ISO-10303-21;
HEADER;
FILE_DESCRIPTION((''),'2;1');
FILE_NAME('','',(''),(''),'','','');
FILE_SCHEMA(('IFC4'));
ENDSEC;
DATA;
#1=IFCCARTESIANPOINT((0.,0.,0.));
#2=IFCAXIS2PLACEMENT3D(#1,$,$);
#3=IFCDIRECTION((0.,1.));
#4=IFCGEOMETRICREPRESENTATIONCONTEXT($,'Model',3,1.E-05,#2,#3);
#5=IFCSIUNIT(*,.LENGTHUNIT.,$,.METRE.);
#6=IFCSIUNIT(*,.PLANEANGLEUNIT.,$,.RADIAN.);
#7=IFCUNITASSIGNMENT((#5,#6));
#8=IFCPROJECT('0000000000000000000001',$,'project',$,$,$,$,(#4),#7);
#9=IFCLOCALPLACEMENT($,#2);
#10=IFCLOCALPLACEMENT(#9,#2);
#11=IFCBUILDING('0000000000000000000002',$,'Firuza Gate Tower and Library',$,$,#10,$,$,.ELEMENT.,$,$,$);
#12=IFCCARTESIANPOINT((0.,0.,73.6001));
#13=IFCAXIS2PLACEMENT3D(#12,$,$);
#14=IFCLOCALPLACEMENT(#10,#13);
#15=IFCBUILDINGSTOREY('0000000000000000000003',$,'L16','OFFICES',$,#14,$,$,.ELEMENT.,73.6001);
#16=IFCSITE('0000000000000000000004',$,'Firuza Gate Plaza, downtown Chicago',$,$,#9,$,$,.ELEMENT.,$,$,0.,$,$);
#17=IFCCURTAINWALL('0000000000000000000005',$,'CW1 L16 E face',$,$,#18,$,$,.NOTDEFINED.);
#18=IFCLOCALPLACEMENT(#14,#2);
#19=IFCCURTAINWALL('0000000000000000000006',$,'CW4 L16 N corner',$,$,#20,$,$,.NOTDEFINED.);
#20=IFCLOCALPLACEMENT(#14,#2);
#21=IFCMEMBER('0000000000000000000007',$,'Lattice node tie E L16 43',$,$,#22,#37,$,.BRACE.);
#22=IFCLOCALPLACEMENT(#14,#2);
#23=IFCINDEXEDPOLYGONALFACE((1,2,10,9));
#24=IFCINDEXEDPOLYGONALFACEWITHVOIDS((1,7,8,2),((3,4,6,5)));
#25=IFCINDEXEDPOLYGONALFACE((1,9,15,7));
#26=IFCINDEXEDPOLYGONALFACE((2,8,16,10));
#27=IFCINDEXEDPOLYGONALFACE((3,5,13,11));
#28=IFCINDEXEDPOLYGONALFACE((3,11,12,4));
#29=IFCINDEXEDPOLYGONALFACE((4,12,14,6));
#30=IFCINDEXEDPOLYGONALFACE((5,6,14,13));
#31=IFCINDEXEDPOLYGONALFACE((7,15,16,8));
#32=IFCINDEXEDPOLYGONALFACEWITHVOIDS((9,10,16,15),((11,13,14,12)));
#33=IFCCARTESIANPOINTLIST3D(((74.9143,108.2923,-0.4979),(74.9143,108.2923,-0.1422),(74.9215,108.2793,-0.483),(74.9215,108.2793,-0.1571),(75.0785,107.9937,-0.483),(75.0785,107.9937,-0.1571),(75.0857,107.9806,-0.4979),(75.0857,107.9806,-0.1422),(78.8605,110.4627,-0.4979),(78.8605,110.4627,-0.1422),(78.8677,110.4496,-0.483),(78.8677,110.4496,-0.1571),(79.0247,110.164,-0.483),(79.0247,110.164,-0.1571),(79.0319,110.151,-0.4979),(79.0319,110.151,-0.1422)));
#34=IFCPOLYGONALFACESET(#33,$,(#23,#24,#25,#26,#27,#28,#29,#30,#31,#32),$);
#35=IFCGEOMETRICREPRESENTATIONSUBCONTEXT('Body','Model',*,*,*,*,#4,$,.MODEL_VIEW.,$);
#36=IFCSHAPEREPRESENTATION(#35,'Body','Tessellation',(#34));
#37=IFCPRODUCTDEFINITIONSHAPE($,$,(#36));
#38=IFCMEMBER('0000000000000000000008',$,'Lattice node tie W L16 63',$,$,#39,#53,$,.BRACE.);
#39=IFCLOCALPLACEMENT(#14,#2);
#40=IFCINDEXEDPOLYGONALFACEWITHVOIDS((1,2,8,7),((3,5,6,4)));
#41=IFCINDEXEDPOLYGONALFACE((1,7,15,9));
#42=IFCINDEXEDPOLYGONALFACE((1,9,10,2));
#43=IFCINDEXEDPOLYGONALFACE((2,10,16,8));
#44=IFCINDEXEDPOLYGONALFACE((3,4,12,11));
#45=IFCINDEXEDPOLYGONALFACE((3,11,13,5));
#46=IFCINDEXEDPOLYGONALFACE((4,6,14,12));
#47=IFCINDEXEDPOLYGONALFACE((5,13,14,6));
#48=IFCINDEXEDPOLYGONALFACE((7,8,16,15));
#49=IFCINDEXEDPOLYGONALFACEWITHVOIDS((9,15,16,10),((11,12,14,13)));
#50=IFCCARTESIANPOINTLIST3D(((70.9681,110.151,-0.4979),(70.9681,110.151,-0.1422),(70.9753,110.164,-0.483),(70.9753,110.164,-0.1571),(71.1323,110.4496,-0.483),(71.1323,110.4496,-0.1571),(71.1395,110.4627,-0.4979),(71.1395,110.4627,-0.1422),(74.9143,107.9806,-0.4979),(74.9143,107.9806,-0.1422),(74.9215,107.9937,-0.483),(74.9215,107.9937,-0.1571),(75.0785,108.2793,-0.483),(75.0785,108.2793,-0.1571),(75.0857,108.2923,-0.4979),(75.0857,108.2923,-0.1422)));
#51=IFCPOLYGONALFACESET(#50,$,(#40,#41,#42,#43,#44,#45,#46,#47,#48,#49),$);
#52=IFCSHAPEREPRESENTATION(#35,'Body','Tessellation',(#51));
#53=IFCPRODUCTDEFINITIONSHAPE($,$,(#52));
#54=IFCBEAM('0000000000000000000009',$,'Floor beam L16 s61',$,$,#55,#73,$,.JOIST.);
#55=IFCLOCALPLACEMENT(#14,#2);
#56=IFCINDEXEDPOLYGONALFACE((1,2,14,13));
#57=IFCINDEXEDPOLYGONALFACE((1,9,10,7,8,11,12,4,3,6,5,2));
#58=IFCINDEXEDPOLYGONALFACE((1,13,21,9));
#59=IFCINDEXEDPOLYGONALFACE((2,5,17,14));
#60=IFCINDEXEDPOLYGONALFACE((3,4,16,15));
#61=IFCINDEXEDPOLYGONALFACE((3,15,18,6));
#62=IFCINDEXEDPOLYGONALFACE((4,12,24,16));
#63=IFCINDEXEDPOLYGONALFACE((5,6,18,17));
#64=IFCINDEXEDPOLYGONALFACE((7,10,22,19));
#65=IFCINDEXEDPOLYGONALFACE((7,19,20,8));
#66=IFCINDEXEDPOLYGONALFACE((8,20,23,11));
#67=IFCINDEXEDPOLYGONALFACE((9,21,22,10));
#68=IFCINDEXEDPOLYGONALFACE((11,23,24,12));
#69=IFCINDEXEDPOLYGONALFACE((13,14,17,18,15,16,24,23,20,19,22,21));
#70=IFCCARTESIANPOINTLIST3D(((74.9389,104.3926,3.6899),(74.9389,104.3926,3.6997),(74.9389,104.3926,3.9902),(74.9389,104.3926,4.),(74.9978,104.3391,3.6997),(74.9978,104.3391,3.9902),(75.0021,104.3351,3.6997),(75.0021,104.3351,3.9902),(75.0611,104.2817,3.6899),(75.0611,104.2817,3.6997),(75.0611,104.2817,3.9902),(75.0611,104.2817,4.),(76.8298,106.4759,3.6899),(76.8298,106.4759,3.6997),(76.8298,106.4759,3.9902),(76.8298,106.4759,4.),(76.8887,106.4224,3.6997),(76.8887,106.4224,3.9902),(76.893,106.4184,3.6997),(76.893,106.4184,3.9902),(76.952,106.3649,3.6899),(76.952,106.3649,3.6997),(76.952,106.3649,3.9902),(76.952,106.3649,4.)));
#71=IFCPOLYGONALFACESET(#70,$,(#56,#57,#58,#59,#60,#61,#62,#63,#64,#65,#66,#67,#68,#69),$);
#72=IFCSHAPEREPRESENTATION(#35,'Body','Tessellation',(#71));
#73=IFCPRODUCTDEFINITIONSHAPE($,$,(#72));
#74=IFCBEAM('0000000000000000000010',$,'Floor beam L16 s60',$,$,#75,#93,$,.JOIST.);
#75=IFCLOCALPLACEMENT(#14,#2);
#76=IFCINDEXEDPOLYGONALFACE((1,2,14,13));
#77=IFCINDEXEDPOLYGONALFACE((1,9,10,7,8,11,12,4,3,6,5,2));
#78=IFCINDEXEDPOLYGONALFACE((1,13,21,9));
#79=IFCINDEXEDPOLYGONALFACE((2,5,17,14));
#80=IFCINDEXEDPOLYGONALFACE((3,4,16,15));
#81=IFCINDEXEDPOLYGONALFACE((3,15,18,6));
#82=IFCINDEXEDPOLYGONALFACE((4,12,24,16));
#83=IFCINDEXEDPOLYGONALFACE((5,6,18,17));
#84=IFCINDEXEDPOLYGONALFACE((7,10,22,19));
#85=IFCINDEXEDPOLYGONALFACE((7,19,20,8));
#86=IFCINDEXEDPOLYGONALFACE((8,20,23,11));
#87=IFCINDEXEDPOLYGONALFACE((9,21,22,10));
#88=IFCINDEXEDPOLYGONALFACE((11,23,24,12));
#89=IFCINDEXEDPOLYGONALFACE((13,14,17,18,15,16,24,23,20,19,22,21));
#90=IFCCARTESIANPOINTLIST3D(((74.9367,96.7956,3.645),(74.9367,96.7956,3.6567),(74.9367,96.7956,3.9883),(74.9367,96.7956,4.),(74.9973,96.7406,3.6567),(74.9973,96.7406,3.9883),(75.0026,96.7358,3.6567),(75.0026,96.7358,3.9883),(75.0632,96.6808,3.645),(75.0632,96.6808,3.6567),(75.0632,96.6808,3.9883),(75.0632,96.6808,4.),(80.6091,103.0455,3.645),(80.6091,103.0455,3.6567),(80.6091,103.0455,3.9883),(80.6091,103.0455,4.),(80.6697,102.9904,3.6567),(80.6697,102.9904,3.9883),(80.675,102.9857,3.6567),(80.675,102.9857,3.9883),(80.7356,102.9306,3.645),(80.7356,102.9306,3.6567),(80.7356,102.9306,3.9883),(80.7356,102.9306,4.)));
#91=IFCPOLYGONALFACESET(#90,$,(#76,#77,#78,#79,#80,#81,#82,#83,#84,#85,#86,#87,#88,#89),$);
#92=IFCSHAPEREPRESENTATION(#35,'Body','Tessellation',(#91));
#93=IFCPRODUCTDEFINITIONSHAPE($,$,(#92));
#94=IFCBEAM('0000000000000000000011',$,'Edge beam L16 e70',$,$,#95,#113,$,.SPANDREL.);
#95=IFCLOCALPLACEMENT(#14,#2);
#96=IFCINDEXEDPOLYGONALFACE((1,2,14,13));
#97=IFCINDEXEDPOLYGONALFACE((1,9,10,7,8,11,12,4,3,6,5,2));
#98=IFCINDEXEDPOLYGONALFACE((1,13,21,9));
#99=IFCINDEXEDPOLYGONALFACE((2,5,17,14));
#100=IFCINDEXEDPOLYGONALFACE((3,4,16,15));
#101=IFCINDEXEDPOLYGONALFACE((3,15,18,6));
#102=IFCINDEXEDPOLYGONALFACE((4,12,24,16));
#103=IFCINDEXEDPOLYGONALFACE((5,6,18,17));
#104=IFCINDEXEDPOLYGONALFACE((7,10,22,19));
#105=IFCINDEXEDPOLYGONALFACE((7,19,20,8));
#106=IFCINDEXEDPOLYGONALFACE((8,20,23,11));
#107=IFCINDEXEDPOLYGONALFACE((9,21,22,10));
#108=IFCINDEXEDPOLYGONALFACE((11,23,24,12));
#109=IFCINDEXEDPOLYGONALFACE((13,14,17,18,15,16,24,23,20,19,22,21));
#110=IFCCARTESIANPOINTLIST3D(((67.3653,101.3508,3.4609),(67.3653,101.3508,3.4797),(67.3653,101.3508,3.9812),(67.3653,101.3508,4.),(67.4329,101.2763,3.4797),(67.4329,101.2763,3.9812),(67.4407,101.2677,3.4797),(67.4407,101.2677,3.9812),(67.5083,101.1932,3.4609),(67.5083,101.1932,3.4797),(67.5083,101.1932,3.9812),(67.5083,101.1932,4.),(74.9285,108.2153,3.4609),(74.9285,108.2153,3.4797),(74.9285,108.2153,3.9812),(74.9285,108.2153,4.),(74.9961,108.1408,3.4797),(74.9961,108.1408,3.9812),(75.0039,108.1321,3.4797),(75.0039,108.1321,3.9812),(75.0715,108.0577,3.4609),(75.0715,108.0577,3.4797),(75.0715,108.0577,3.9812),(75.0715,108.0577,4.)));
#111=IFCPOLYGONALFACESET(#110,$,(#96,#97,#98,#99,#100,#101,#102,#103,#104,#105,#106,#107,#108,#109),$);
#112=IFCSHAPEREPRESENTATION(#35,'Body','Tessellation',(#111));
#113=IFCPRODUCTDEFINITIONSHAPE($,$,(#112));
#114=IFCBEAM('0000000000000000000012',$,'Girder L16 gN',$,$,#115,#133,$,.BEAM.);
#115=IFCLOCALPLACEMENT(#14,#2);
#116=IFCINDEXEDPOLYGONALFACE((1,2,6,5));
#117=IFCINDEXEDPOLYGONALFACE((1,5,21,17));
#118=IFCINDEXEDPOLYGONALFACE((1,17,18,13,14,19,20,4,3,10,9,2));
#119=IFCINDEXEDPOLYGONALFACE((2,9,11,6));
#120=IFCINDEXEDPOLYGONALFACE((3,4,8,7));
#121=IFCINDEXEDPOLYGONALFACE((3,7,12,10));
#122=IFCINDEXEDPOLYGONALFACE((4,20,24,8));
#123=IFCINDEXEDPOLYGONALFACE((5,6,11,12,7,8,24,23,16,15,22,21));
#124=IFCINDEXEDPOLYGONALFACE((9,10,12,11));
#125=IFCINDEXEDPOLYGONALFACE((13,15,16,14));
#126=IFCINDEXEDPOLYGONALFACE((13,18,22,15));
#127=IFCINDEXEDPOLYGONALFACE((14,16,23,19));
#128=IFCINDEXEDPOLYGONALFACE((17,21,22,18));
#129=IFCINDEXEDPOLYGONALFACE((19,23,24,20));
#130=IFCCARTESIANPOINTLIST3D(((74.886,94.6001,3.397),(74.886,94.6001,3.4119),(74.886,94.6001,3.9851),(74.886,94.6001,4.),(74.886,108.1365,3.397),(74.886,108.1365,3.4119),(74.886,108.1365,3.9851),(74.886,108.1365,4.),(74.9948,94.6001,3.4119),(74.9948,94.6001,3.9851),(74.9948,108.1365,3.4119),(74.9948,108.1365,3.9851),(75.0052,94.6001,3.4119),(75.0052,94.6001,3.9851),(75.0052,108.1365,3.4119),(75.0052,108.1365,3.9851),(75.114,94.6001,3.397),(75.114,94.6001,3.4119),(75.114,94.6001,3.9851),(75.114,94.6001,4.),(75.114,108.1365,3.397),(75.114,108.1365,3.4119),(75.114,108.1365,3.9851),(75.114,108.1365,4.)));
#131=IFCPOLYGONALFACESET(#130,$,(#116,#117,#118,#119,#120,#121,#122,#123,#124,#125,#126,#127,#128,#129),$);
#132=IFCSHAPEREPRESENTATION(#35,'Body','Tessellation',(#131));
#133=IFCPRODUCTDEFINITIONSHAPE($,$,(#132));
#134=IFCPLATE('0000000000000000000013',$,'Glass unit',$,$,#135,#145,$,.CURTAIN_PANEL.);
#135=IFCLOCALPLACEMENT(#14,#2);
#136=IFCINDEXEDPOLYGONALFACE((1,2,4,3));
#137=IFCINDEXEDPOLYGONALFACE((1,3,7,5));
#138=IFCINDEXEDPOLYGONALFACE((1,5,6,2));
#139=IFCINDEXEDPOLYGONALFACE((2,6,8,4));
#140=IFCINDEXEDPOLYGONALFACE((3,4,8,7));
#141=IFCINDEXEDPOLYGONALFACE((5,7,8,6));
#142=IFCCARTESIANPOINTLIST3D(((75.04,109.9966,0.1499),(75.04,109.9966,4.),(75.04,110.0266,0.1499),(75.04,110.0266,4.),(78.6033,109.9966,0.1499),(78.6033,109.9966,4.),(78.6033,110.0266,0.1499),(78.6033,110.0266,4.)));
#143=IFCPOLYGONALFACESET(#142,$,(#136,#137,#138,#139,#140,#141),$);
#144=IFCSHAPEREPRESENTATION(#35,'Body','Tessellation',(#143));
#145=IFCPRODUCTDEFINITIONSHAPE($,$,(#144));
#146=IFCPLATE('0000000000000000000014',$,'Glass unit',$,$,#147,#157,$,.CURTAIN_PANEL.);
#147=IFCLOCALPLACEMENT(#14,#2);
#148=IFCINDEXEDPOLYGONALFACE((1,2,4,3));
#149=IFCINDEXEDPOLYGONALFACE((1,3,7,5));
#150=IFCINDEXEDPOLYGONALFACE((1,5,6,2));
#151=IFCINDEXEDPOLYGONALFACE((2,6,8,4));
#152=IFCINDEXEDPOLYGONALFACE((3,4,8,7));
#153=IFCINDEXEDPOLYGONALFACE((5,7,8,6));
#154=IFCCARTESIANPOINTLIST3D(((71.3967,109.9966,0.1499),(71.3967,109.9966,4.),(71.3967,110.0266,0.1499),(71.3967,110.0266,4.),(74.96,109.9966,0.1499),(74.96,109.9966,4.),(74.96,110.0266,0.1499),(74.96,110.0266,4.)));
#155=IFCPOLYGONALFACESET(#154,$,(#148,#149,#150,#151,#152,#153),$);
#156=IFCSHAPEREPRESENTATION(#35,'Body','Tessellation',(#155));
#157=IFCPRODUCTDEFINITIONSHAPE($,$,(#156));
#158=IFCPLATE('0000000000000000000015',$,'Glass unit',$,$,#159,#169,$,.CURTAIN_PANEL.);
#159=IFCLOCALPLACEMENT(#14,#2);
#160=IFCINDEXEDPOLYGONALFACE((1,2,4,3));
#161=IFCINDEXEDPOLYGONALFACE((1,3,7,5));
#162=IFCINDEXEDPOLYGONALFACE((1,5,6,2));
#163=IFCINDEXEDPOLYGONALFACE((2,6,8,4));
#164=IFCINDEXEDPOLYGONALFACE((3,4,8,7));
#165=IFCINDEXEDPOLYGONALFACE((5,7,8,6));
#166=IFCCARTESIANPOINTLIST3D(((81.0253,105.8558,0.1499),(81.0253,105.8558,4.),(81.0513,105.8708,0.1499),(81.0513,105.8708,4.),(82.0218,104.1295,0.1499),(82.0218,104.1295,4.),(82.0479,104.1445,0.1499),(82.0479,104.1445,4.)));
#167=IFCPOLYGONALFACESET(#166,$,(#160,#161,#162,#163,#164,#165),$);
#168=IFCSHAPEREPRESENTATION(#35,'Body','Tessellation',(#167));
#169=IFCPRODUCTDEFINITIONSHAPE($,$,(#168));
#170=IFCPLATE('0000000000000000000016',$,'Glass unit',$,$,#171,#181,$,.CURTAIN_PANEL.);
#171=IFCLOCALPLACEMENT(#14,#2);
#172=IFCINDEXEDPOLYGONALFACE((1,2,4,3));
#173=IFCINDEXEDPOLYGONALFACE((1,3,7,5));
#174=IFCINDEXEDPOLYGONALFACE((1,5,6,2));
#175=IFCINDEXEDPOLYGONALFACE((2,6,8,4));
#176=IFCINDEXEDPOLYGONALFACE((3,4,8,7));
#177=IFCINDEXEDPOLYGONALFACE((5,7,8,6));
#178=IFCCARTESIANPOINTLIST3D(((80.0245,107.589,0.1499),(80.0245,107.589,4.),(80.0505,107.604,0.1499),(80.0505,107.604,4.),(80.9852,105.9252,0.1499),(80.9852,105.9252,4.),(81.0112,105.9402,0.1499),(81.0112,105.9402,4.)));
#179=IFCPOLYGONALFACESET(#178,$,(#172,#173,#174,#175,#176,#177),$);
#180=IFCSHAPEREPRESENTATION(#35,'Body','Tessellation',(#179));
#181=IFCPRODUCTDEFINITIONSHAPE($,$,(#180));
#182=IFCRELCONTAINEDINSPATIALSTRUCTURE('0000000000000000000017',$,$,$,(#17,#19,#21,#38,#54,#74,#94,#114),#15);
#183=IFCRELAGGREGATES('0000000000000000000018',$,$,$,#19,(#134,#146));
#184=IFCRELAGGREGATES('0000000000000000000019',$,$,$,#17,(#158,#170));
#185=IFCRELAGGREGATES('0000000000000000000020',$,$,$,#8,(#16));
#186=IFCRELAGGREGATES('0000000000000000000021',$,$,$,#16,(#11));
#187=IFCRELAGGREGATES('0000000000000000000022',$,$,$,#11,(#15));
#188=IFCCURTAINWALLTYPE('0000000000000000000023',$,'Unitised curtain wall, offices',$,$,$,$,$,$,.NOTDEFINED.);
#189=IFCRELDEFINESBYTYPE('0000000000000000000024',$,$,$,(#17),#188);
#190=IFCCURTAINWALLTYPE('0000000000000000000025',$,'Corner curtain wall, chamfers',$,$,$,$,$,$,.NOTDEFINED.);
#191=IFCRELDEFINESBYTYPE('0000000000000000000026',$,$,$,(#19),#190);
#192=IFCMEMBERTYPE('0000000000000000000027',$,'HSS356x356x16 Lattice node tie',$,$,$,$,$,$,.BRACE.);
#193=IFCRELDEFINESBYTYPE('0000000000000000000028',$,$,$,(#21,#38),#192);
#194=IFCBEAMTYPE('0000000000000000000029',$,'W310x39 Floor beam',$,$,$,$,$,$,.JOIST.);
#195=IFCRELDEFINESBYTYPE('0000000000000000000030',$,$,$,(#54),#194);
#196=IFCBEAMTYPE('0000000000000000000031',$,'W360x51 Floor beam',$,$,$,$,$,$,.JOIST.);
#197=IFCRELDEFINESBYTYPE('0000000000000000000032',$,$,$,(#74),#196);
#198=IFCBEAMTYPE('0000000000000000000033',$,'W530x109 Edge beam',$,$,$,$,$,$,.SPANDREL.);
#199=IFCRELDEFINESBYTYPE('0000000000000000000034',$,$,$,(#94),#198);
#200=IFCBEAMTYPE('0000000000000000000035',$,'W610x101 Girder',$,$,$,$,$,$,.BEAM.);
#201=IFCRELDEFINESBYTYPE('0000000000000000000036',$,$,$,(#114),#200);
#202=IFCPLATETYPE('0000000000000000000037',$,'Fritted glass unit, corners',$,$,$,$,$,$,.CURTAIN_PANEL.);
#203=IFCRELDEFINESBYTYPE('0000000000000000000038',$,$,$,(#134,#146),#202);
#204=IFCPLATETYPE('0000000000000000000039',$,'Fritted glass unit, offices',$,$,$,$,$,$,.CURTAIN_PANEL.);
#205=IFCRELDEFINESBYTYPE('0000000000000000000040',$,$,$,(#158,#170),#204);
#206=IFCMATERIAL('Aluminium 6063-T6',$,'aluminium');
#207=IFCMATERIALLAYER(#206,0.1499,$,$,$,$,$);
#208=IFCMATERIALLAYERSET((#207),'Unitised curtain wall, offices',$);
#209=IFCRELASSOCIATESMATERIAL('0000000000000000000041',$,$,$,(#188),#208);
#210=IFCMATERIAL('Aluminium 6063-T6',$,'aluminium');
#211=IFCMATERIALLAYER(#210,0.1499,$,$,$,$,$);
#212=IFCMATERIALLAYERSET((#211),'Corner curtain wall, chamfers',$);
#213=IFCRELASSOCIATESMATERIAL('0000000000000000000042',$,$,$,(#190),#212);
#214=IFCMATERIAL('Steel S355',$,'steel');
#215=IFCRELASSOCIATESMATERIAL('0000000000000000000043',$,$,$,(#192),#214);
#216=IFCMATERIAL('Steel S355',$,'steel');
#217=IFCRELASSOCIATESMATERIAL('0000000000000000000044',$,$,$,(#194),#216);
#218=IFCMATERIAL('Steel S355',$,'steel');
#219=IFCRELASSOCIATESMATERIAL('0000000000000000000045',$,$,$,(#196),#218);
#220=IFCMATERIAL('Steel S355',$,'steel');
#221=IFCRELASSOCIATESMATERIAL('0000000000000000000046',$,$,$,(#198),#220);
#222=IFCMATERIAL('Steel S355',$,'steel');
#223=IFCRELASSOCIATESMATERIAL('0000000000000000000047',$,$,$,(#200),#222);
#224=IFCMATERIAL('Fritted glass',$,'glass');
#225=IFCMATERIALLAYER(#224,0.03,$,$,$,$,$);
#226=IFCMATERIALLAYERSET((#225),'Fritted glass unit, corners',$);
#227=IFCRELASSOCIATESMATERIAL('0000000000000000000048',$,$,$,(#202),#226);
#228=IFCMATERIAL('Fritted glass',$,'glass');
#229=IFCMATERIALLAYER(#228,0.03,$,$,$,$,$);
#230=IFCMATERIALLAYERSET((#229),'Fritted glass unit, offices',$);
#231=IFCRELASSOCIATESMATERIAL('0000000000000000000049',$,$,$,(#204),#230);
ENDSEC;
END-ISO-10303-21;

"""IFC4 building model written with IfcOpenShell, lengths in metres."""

from ifc_helpers import new_model, si_unit, direction, frame, origin, origin_2d, place, context, subcontext, project, spatial, polyline, hollow_rectangle, i_section, outline, extrude, material, layer, layer_set, material_profile, profile_set, type_object, element, aggregate, save


model = new_model("IFC4")

# Units and contexts
model_context = context("Model", 3, precision=1e-05, world=origin(), true_north=direction((0.0, 1.0)))
body_context = subcontext(model_context, "Body", "Model", "MODEL_VIEW")
ifc_project = project(units=[si_unit("LENGTHUNIT", "METRE"), si_unit("PLANEANGLEUNIT", "RADIAN")], contexts=[model_context])

# Site, building, storey
site_placement = place(None, origin())
site = spatial("IfcSite", under=ifc_project, at=site_placement, Name="Firuza Gate Plaza, downtown Chicago", CompositionType="ELEMENT", RefElevation=0.0)
building_placement = place(site_placement, origin())
building = spatial("IfcBuilding", under=site, at=building_placement, Name="Firuza Gate Tower and Library", CompositionType="ELEMENT")
storey_placement = place(building_placement, frame((0.0, 0.0, 73.6001)))
storey = spatial("IfcBuildingStorey", under=building, at=storey_placement, Name="L16", Description="OFFICES", CompositionType="ELEMENT", Elevation=73.6001)

# Curtain walls
ifc_material_1 = material(Name="Aluminium 6063-T6", Category="aluminium")
ifc_layer_1 = layer(ifc_material_1, 0.1499)
ifc_layer_set_1 = layer_set([ifc_layer_1], Name="Unitised curtain wall, offices")
curtain_wall_type_1 = type_object("IfcCurtainWallType", Name="Unitised curtain wall, offices", PredefinedType="NOTDEFINED", material=ifc_layer_set_1)
placement = place(storey_placement, origin())
curtain_wall_1 = element("IfcCurtainWall", 1, at=placement, inside=storey, type_object=curtain_wall_type_1, Name="CW1 L16 E face", PredefinedType="NOTDEFINED")
ifc_material_2 = material(Name="Aluminium 6063-T6", Category="aluminium")
ifc_layer_2 = layer(ifc_material_2, 0.1499)
ifc_layer_set_2 = layer_set([ifc_layer_2], Name="Corner curtain wall, chamfers")
curtain_wall_type_2 = type_object("IfcCurtainWallType", Name="Corner curtain wall, chamfers", PredefinedType="NOTDEFINED", material=ifc_layer_set_2)
curtain_wall_2 = element("IfcCurtainWall", 2, at=placement, inside=storey, type_object=curtain_wall_type_2, Name="CW4 L16 N corner", PredefinedType="NOTDEFINED")

# Members
ifc_material_3 = material(Name="Steel S355", Category="steel")
ifc_material_profile_1 = material_profile(ifc_material_3, hollow_rectangle(XDim=0.3557, YDim=0.3557, WallThickness=0.0149, at=origin_2d()))
ifc_profile_set_1 = profile_set([ifc_material_profile_1], Name="Steel S355")
member_type_1 = type_object("IfcMemberType", Name="HSS356x356x16 Lattice node tie", PredefinedType="BRACE", material=ifc_profile_set_1)
for number, where, z_axis, x_axis, name in (
    (3, (75.0, 108.1365, -0.3201), (0.87622, 0.48191, 0.0), (-0.48191, 0.87622, 0.0), "Lattice node tie E L16 43"),
    (4, (75.0, 108.1365, -0.3201), (-0.87622, 0.48191, 0.0), (-0.48191, -0.87622, 0.0), "Lattice node tie W L16 63"),
):
    element("IfcMember", number, at=place(storey_placement, frame(where, z_axis=z_axis, x_axis=x_axis)), inside=storey, type_object=member_type_1, Name=name, PredefinedType="BRACE", context=body_context, shape_type="SweptSolid", body=[
        extrude(hollow_rectangle(XDim=0.3557, YDim=0.3557, WallThickness=0.0149, at=origin_2d()), origin(), (0.0, 0.0, 1.0), 4.5037),
    ])

# Beams
ifc_material_4 = material(Name="Steel S355", Category="steel")
ifc_material_profile_2 = material_profile(ifc_material_4, i_section(OverallWidth=0.165, OverallDepth=0.3101, WebThickness=0.0059, FlangeThickness=0.0098, at=origin_2d()))
ifc_profile_set_2 = profile_set([ifc_material_profile_2], Name="Steel S355")
beam_type_1 = type_object("IfcBeamType", Name="W310x39 Floor beam", PredefinedType="JOIST", material=ifc_profile_set_2)
beam_1_placement = place(storey_placement, frame((76.8909, 106.4204, 3.845), z_axis=(-0.672089, -0.74047, 0.0), x_axis=(0.74047, -0.672089, 0.0)))
element("IfcBeam", 5, at=beam_1_placement, inside=storey, type_object=beam_type_1, Name="Floor beam L16 s61", PredefinedType="JOIST", context=body_context, shape_type="SweptSolid", body=[
    extrude(i_section(OverallWidth=0.165, OverallDepth=0.3101, WebThickness=0.0059, FlangeThickness=0.0098, at=origin_2d()), origin(), (0.0, 0.0, 1.0), 2.8135),
])
ifc_material_5 = material(Name="Steel S355", Category="steel")
ifc_material_profile_3 = material_profile(ifc_material_5, i_section(OverallWidth=0.1709, OverallDepth=0.355, WebThickness=0.0071, FlangeThickness=0.0117, at=origin_2d()))
ifc_profile_set_3 = profile_set([ifc_material_profile_3], Name="Steel S355")
beam_type_2 = type_object("IfcBeamType", Name="W360x51 Floor beam", PredefinedType="JOIST", material=ifc_profile_set_3)
beam_2_placement = place(storey_placement, frame((80.6724, 102.988, 3.8225), z_axis=(-0.672074, -0.740484, 0.0), x_axis=(0.740484, -0.672074, 0.0)))
element("IfcBeam", 6, at=beam_2_placement, inside=storey, type_object=beam_type_2, Name="Floor beam L16 s60", PredefinedType="JOIST", context=body_context, shape_type="SweptSolid", body=[
    extrude(i_section(OverallWidth=0.1709, OverallDepth=0.355, WebThickness=0.0071, FlangeThickness=0.0117, at=origin_2d()), origin(), (0.0, 0.0, 1.0), 8.4402),
])
ifc_material_6 = material(Name="Steel S355", Category="steel")
ifc_material_profile_4 = material_profile(ifc_material_6, i_section(OverallWidth=0.2129, OverallDepth=0.5391, WebThickness=0.0117, FlangeThickness=0.0188, at=origin_2d()))
ifc_profile_set_4 = profile_set([ifc_material_profile_4], Name="Steel S355")
beam_type_3 = type_object("IfcBeamType", Name="W530x109 Edge beam", PredefinedType="SPANDREL", material=ifc_profile_set_4)
beam_3_placement = place(storey_placement, frame((75.0, 108.1365, 3.7305), z_axis=(-0.740484, -0.672074, 0.0), x_axis=(0.672074, -0.740484, 0.0)))
element("IfcBeam", 7, at=beam_3_placement, inside=storey, type_object=beam_type_3, Name="Edge beam L16 e70", PredefinedType="SPANDREL", context=body_context, shape_type="SweptSolid", body=[
    extrude(i_section(OverallWidth=0.2129, OverallDepth=0.5391, WebThickness=0.0117, FlangeThickness=0.0188, at=origin_2d()), origin(), (0.0, 0.0, 1.0), 10.2139),
])
ifc_material_7 = material(Name="Steel S355", Category="steel")
ifc_material_profile_5 = material_profile(ifc_material_7, i_section(OverallWidth=0.228, OverallDepth=0.603, WebThickness=0.0105, FlangeThickness=0.0149, at=origin_2d()))
ifc_profile_set_5 = profile_set([ifc_material_profile_5], Name="Steel S355")
beam_type_4 = type_object("IfcBeamType", Name="W610x101 Girder", PredefinedType="BEAM", material=ifc_profile_set_5)
beam_4_placement = place(storey_placement, frame((75.0, 108.1365, 3.6985), z_axis=(0.0, -1.0, 0.0), x_axis=(1.0, 0.0, 0.0)))
element("IfcBeam", 8, at=beam_4_placement, inside=storey, type_object=beam_type_4, Name="Girder L16 gN", PredefinedType="BEAM", context=body_context, shape_type="SweptSolid", body=[
    extrude(i_section(OverallWidth=0.228, OverallDepth=0.603, WebThickness=0.0105, FlangeThickness=0.0149, at=origin_2d()), origin(), (0.0, 0.0, 1.0), 13.5364),
])

# Plates
ifc_material_8 = material(Name="Fritted glass", Category="glass")
ifc_layer_3 = layer(ifc_material_8, 0.03)
ifc_layer_set_3 = layer_set([ifc_layer_3], Name="Fritted glass unit, corners")
plate_type_1 = type_object("IfcPlateType", Name="Fritted glass unit, corners", PredefinedType="CURTAIN_PANEL", material=ifc_layer_set_3)
plate_1_placement = place(storey_placement, frame((78.6033, 110.0266, 0.1499), z_axis=(0.0, 1.0, 0.0), x_axis=(-1.0, 0.0, 0.0)))
plate_1 = element("IfcPlate", 9, at=plate_1_placement, type_object=plate_type_1, Name="Glass unit", PredefinedType="CURTAIN_PANEL", context=body_context, shape_type="SweptSolid", body=[
    extrude(outline(polyline([(0.0, 0.0), (3.5632, 0.0), (3.5632, 3.8501), (0.0, 3.8501), (0.0, 0.0)])), origin(), (0.0, 0.0, -1.0), 0.03),
])
plate_2_placement = place(storey_placement, frame((74.96, 110.0266, 0.1499), z_axis=(0.0, 1.0, 0.0), x_axis=(-1.0, 0.0, 0.0)))
plate_2 = element("IfcPlate", 10, at=plate_2_placement, type_object=plate_type_1, Name="Glass unit", PredefinedType="CURTAIN_PANEL", context=body_context, shape_type="SweptSolid", body=[
    extrude(outline(polyline([(0.0, 0.0), (3.5632, 0.0), (3.5632, 3.8501), (0.0, 3.8501), (0.0, 0.0)])), origin(), (0.0, 0.0, -1.0), 0.03),
])
aggregate(curtain_wall_2, [plate_1, plate_2])
ifc_material_9 = material(Name="Fritted glass", Category="glass")
ifc_layer_4 = layer(ifc_material_9, 0.03)
ifc_layer_set_4 = layer_set([ifc_layer_4], Name="Fritted glass unit, offices")
plate_type_2 = type_object("IfcPlateType", Name="Fritted glass unit, offices", PredefinedType="CURTAIN_PANEL", material=ifc_layer_set_4)
plate_3_placement = place(storey_placement, frame((82.0479, 104.1445, 0.1499), z_axis=(0.866049, 0.499959, 0.0), x_axis=(-0.499959, 0.866049, 0.0)))
plate_3 = element("IfcPlate", 11, at=plate_3_placement, type_object=plate_type_2, Name="Glass unit", PredefinedType="CURTAIN_PANEL", context=body_context, shape_type="SweptSolid", body=[
    extrude(outline(polyline([(0.0, 0.0), (1.9933, 0.0), (1.9933, 3.8501), (0.0, 3.8501), (0.0, 0.0)])), origin(), (0.0, 0.0, -1.0), 0.03),
])
plate_4_placement = place(storey_placement, frame((81.0112, 105.9402, 0.1499), z_axis=(0.866006, 0.500034, 0.0), x_axis=(-0.500034, 0.866006, 0.0)))
plate_4 = element("IfcPlate", 12, at=plate_4_placement, type_object=plate_type_2, Name="Glass unit", PredefinedType="CURTAIN_PANEL", context=body_context, shape_type="SweptSolid", body=[
    extrude(outline(polyline([(0.0, 0.0), (1.9213, 0.0), (1.9213, 3.8501), (0.0, 3.8501), (0.0, 0.0)])), origin(), (0.0, 0.0, -1.0), 0.03),
])
aggregate(curtain_wall_1, [plate_3, plate_4])

save(model, "model.ifc")
